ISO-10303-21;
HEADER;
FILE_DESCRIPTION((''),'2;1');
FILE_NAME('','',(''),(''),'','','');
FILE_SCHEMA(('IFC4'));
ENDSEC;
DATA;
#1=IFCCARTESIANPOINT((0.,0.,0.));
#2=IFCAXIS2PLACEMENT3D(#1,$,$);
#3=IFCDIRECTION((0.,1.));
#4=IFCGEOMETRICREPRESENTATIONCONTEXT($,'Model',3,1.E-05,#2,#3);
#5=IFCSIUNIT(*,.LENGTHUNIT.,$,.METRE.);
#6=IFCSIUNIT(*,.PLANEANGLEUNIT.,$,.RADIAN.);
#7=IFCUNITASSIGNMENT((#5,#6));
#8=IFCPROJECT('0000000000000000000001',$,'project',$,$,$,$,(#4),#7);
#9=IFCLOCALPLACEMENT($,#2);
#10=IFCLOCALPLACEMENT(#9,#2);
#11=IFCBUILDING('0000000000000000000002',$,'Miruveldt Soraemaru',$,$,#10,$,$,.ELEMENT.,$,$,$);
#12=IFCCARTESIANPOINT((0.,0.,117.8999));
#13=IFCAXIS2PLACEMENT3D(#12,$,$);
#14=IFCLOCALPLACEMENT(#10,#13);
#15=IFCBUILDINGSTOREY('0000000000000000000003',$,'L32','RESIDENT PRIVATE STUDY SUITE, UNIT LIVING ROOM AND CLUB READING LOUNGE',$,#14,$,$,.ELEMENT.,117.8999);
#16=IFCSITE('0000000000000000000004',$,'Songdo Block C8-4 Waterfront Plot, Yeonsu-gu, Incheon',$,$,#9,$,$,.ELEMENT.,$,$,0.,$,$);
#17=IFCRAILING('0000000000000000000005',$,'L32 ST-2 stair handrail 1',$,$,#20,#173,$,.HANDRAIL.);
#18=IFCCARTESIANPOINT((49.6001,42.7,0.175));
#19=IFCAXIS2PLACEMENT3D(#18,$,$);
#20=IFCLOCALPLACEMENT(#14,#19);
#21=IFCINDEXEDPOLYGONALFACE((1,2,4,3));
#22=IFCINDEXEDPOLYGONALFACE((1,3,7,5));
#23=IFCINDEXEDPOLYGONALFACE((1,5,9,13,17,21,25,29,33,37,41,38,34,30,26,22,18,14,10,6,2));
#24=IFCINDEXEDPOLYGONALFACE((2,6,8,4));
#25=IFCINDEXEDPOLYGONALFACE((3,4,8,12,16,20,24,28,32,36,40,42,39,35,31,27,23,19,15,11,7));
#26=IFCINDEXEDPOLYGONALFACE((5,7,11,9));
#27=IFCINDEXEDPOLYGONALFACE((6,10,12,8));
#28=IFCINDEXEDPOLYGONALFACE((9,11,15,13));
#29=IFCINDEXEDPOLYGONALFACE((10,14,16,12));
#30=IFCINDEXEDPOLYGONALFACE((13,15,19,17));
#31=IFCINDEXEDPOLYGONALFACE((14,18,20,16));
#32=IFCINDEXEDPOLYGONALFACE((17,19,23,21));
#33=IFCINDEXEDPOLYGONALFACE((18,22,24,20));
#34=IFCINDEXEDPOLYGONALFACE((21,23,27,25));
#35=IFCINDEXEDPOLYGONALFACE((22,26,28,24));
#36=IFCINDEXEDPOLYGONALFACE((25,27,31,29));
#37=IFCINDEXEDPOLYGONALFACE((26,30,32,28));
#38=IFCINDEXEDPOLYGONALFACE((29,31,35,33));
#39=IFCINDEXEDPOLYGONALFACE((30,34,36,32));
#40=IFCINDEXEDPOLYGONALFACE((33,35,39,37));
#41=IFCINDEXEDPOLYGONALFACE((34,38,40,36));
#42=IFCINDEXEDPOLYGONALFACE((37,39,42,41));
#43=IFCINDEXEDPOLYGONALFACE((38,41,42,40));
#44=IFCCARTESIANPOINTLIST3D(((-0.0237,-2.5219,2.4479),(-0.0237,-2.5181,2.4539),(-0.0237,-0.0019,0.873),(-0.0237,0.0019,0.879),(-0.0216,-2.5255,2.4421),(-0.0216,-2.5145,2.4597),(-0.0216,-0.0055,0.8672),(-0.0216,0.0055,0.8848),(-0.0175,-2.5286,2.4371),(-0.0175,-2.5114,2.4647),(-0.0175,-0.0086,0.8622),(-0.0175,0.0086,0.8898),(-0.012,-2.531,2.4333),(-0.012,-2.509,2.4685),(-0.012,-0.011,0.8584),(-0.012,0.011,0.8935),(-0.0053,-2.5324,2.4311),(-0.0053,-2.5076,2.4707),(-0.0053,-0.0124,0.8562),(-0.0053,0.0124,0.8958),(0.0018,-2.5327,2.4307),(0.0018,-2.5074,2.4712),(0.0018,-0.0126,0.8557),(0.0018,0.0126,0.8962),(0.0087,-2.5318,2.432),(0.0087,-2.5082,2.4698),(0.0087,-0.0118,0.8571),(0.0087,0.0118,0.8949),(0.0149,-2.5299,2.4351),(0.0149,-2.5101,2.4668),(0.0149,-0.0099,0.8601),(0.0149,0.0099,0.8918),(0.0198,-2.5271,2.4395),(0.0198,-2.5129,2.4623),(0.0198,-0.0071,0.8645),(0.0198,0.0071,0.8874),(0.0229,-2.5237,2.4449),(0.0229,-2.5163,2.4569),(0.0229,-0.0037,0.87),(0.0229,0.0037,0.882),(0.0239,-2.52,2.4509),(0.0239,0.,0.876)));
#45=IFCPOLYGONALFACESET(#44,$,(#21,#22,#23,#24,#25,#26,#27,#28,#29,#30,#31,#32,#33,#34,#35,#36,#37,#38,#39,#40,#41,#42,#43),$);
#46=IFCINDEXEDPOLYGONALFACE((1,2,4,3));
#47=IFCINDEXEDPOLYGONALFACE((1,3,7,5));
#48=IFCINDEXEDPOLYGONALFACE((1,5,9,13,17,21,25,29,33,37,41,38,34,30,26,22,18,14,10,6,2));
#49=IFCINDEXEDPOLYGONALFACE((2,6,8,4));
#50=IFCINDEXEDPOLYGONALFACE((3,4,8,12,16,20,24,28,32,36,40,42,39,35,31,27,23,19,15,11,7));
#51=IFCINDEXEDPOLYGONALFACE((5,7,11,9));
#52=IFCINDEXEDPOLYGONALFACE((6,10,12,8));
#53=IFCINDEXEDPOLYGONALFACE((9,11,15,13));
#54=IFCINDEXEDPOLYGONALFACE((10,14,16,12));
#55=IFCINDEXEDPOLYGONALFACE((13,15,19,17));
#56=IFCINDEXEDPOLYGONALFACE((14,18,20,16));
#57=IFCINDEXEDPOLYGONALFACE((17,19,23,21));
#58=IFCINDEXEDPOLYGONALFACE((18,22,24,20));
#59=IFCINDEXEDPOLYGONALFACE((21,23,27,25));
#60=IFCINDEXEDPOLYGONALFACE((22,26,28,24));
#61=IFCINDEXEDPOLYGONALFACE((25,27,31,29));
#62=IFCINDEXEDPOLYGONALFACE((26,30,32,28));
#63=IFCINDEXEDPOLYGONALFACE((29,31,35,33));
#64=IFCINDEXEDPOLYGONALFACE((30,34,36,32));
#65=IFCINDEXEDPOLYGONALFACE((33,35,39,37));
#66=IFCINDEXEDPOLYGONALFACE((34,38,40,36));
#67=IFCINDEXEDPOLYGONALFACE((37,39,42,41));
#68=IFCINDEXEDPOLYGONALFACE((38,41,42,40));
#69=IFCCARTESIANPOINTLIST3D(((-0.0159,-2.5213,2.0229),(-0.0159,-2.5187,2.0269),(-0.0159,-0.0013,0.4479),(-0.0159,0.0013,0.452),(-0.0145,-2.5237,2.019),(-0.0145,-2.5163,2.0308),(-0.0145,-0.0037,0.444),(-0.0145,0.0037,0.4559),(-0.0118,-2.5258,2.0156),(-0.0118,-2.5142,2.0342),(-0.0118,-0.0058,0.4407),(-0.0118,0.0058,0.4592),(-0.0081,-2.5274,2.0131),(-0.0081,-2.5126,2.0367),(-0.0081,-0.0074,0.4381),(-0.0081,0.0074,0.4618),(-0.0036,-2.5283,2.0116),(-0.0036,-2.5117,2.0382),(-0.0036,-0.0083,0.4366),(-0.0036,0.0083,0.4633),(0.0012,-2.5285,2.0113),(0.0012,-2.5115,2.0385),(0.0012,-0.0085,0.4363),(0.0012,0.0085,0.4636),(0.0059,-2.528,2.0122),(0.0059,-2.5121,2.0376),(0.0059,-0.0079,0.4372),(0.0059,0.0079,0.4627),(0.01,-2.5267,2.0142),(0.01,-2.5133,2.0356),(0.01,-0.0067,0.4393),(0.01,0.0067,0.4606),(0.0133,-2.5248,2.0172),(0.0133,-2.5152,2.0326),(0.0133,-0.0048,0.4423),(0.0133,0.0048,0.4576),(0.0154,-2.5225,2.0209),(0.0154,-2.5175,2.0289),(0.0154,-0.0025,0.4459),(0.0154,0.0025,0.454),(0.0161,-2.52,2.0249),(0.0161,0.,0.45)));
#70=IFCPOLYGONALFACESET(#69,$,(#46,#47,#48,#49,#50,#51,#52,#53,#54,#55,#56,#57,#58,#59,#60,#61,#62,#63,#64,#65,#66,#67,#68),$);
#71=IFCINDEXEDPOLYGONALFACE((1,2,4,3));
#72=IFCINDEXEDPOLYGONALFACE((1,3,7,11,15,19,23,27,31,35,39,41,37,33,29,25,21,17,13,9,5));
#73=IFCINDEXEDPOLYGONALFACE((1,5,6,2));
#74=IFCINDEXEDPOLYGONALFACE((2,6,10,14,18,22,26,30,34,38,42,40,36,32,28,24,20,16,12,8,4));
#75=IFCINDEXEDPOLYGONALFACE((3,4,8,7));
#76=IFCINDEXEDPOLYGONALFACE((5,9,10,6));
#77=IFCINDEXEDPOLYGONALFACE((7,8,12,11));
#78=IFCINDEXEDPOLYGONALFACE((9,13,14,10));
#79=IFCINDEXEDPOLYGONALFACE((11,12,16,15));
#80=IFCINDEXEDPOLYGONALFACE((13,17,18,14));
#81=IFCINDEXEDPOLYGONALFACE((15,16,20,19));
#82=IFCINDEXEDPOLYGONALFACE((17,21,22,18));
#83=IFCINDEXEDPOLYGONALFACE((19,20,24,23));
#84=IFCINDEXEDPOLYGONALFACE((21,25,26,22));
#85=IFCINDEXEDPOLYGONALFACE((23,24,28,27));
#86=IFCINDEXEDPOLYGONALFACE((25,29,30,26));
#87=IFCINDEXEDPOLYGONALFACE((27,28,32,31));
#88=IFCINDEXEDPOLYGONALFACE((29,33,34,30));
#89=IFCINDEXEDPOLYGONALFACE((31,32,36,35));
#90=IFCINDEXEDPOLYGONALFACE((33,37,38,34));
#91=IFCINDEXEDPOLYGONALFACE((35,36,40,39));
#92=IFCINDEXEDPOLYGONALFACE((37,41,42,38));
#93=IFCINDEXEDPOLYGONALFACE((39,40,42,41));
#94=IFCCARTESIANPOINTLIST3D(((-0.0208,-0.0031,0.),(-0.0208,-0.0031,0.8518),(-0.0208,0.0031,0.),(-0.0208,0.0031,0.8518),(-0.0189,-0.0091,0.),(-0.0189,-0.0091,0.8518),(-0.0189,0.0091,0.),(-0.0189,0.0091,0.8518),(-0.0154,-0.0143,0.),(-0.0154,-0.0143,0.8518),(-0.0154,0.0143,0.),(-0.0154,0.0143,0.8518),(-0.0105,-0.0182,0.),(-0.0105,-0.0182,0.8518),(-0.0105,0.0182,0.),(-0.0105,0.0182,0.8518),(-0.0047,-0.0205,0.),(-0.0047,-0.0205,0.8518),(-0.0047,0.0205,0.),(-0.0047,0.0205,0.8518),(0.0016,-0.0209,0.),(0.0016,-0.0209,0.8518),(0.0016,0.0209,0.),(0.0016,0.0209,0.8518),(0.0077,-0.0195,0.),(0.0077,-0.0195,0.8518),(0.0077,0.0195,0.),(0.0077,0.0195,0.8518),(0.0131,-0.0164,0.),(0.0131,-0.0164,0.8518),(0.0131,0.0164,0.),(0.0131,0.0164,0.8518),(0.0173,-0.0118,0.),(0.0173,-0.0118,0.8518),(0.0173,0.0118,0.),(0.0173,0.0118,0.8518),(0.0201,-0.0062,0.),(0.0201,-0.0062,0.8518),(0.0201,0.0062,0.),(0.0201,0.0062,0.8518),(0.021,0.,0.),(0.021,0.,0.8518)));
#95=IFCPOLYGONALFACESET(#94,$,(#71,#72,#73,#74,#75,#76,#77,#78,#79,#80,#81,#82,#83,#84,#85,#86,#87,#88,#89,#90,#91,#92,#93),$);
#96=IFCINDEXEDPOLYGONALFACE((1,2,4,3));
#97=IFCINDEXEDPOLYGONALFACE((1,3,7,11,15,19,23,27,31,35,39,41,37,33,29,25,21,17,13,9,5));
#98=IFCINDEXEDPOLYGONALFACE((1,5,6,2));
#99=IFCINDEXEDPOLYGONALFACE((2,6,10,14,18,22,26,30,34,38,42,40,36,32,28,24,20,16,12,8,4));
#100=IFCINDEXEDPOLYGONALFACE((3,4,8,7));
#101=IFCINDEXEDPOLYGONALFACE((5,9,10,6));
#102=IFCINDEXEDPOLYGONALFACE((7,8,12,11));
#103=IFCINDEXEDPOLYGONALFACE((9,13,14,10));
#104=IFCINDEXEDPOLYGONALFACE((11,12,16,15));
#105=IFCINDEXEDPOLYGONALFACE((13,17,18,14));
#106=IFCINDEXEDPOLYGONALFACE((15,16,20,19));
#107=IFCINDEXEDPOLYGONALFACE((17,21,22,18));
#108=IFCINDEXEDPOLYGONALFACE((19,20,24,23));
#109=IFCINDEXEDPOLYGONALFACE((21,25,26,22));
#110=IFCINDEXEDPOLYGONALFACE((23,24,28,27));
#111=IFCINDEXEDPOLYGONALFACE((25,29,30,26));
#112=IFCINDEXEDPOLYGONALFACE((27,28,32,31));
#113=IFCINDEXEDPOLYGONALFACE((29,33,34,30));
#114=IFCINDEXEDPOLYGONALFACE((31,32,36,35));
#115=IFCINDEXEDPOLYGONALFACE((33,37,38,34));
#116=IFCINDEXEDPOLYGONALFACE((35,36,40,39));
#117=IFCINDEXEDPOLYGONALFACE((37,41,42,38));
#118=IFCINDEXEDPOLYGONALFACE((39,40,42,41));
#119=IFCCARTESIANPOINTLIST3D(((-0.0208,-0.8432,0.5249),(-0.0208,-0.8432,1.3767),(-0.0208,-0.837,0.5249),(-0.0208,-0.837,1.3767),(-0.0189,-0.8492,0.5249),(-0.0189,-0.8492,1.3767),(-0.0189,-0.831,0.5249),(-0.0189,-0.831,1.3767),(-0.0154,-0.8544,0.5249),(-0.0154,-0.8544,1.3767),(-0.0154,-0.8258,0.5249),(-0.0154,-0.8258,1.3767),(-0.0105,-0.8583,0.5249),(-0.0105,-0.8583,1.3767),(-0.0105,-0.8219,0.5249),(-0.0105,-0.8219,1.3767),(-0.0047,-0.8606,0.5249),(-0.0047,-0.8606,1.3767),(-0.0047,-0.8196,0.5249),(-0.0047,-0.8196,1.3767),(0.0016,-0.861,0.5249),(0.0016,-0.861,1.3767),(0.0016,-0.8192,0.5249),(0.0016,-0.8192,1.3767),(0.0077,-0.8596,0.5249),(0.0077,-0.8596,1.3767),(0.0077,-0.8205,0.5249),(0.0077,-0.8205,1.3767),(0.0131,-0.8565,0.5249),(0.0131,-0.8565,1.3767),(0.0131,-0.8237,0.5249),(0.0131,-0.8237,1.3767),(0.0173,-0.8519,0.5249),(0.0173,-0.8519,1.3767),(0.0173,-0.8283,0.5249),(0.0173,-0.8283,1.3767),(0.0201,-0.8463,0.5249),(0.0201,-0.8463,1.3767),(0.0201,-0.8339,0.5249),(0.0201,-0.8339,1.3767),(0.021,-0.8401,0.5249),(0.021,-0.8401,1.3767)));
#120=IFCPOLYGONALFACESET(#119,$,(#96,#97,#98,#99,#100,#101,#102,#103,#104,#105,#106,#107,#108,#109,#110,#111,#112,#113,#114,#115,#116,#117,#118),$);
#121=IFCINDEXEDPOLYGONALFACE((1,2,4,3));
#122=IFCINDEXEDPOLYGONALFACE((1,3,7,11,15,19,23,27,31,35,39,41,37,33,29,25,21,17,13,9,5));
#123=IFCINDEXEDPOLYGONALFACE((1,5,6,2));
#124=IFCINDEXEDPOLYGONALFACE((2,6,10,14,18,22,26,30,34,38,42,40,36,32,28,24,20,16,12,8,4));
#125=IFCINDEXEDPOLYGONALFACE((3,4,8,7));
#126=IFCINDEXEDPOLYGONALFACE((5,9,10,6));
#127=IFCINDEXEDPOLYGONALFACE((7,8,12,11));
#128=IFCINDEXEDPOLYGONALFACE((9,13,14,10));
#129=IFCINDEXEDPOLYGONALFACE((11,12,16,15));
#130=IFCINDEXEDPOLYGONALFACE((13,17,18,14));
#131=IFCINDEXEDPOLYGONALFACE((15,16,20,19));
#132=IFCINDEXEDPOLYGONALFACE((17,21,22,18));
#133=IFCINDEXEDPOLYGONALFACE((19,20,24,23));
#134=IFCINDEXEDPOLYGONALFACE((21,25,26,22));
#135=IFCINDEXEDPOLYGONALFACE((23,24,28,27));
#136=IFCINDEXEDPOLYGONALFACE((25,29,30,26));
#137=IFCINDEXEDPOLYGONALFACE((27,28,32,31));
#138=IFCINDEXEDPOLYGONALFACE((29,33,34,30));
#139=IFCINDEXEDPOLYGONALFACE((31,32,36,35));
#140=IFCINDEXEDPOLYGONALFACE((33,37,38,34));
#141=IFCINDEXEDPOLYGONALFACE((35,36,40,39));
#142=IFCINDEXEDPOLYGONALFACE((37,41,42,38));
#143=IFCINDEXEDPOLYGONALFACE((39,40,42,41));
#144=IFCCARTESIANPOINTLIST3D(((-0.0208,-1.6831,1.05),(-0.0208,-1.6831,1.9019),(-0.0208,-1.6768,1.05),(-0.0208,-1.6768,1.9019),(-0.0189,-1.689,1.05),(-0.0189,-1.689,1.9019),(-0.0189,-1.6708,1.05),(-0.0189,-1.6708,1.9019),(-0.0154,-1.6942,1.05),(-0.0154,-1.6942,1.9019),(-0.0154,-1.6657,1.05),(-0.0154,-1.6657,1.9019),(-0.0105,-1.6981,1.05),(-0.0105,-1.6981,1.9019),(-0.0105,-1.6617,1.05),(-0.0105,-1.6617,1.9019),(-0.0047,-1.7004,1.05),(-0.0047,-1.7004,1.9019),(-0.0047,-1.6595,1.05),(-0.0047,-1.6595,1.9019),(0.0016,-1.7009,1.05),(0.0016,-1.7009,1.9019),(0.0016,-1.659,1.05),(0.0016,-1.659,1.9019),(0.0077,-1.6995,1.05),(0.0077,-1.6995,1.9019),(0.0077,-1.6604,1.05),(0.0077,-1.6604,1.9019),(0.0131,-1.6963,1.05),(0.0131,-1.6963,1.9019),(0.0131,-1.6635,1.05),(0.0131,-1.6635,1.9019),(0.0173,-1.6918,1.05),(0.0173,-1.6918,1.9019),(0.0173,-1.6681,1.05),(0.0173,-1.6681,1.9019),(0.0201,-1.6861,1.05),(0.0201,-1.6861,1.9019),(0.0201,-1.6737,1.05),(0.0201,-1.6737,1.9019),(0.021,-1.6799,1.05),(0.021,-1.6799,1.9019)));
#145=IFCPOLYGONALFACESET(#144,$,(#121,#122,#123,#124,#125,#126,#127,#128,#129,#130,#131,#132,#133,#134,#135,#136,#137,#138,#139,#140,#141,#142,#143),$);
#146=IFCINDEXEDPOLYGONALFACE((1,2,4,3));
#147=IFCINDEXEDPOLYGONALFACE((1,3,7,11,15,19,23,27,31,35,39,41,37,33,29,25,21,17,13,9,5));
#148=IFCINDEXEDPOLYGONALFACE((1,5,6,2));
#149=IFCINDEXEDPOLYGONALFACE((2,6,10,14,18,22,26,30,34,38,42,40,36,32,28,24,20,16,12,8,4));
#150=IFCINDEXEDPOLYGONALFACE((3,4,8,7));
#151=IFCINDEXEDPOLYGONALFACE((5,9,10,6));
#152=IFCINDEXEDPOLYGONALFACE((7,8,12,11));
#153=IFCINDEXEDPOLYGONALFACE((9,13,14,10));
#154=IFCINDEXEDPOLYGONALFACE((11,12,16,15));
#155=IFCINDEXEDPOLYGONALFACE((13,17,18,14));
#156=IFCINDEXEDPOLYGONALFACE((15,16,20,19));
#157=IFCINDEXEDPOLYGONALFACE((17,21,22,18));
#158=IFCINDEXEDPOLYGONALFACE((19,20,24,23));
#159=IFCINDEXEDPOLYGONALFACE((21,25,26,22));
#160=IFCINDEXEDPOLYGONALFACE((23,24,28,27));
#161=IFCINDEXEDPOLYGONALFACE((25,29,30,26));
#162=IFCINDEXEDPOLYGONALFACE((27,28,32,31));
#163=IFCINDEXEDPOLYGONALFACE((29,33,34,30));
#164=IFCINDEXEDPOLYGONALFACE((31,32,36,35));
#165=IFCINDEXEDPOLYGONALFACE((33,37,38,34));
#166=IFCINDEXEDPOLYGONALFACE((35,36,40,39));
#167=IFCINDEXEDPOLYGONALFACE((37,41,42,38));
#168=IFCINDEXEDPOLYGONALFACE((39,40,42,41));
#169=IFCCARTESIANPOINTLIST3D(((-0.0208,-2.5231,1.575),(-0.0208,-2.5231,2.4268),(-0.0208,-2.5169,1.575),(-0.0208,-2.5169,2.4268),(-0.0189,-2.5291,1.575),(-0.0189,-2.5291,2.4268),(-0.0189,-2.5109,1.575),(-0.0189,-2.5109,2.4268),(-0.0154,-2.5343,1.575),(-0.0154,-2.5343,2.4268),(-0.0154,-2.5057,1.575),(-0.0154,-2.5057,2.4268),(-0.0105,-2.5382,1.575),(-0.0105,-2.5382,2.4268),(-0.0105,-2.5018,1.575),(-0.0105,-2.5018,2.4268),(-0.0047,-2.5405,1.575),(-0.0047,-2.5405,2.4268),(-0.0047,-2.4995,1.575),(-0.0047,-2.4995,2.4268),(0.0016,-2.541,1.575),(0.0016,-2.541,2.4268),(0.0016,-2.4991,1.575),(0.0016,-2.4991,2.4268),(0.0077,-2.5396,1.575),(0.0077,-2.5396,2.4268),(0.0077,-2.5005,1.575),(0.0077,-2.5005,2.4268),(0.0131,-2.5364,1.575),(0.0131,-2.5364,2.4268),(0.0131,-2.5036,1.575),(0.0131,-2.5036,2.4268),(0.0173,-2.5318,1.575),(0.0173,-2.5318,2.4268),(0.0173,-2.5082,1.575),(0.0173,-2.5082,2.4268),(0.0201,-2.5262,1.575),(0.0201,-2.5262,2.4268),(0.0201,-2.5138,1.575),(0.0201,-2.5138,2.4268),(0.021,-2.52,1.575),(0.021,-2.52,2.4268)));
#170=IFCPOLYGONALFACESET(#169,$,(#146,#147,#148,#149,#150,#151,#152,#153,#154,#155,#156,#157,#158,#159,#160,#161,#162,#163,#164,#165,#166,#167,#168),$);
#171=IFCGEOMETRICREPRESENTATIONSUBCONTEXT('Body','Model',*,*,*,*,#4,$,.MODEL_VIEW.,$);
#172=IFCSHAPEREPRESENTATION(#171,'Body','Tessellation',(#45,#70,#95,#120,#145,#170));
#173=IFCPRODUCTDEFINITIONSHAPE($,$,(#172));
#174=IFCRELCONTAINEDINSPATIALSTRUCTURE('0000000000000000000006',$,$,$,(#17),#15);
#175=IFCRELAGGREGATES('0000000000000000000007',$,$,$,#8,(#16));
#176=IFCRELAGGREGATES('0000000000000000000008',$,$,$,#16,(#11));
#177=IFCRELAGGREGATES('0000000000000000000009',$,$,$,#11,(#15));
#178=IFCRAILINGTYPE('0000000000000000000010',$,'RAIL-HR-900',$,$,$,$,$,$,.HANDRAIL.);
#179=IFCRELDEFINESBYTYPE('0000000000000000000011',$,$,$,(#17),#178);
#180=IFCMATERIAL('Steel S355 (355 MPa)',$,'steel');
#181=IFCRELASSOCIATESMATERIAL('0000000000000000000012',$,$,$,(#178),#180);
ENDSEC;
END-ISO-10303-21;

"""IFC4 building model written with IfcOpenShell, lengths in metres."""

from ifc_helpers import new_model, si_unit, direction, frame, origin, origin_2d, place, context, subcontext, project, spatial, circle, extrude, material, type_object, element, save


model = new_model("IFC4")

# Units and contexts
model_context = context("Model", 3, precision=1e-05, world=origin(), true_north=direction((0.0, 1.0)))
body_context = subcontext(model_context, "Body", "Model", "MODEL_VIEW")
ifc_project = project(units=[si_unit("LENGTHUNIT", "METRE"), si_unit("PLANEANGLEUNIT", "RADIAN")], contexts=[model_context])

# Site, building, storey
site_placement = place(None, origin())
site = spatial("IfcSite", under=ifc_project, at=site_placement, Name="Songdo Block C8-4 Waterfront Plot, Yeonsu-gu, Incheon", CompositionType="ELEMENT", RefElevation=0.0)
building_placement = place(site_placement, origin())
building = spatial("IfcBuilding", under=site, at=building_placement, Name="Miruveldt Soraemaru", CompositionType="ELEMENT")
storey_placement = place(building_placement, frame((0.0, 0.0, 117.8999)))
storey = spatial("IfcBuildingStorey", under=building, at=storey_placement, Name="L32", Description="RESIDENT PRIVATE STUDY SUITE, UNIT LIVING ROOM AND CLUB READING LOUNGE", CompositionType="ELEMENT", Elevation=117.8999)

# Railing
ifc_material_1 = material(Name="Steel S355 (355 MPa)", Category="steel")
railing_type_1 = type_object("IfcRailingType", Name="RAIL-HR-900", PredefinedType="HANDRAIL", material=ifc_material_1)
railing_1_placement = place(storey_placement, frame((49.6001, 42.7, 0.175)))
element("IfcRailing", 1, at=railing_1_placement, inside=storey, type_object=railing_type_1, Name="L32 ST-2 stair handrail 1", PredefinedType="HANDRAIL", context=body_context, shape_type="SweptSolid", body=[
    extrude(circle(Radius=0.0239, at=origin_2d()), frame((0.0, 0.0, 0.876), z_axis=(0.0, -0.848008, 0.529984), x_axis=(1.0, 0.0, 0.0)), (0.0, 0.0, 1.0), 2.9717),
    extrude(circle(Radius=0.0161, at=origin_2d()), frame((0.0, 0.0, 0.45), z_axis=(0.0, -0.848008, 0.529984), x_axis=(1.0, 0.0, 0.0)), (0.0, 0.0, 1.0), 2.9717),
    extrude(circle(Radius=0.021, at=origin_2d()), origin(), (0.0, 0.0, 1.0), 0.8518),
    extrude(circle(Radius=0.021, at=origin_2d()), frame((0.0, -0.8401, 0.5249)), (0.0, 0.0, 1.0), 0.8518),
    extrude(circle(Radius=0.021, at=origin_2d()), frame((0.0, -1.6799, 1.05)), (0.0, 0.0, 1.0), 0.8518),
    extrude(circle(Radius=0.021, at=origin_2d()), frame((0.0, -2.52, 1.575)), (0.0, 0.0, 1.0), 0.8518),
])

save(model, "model.ifc")
